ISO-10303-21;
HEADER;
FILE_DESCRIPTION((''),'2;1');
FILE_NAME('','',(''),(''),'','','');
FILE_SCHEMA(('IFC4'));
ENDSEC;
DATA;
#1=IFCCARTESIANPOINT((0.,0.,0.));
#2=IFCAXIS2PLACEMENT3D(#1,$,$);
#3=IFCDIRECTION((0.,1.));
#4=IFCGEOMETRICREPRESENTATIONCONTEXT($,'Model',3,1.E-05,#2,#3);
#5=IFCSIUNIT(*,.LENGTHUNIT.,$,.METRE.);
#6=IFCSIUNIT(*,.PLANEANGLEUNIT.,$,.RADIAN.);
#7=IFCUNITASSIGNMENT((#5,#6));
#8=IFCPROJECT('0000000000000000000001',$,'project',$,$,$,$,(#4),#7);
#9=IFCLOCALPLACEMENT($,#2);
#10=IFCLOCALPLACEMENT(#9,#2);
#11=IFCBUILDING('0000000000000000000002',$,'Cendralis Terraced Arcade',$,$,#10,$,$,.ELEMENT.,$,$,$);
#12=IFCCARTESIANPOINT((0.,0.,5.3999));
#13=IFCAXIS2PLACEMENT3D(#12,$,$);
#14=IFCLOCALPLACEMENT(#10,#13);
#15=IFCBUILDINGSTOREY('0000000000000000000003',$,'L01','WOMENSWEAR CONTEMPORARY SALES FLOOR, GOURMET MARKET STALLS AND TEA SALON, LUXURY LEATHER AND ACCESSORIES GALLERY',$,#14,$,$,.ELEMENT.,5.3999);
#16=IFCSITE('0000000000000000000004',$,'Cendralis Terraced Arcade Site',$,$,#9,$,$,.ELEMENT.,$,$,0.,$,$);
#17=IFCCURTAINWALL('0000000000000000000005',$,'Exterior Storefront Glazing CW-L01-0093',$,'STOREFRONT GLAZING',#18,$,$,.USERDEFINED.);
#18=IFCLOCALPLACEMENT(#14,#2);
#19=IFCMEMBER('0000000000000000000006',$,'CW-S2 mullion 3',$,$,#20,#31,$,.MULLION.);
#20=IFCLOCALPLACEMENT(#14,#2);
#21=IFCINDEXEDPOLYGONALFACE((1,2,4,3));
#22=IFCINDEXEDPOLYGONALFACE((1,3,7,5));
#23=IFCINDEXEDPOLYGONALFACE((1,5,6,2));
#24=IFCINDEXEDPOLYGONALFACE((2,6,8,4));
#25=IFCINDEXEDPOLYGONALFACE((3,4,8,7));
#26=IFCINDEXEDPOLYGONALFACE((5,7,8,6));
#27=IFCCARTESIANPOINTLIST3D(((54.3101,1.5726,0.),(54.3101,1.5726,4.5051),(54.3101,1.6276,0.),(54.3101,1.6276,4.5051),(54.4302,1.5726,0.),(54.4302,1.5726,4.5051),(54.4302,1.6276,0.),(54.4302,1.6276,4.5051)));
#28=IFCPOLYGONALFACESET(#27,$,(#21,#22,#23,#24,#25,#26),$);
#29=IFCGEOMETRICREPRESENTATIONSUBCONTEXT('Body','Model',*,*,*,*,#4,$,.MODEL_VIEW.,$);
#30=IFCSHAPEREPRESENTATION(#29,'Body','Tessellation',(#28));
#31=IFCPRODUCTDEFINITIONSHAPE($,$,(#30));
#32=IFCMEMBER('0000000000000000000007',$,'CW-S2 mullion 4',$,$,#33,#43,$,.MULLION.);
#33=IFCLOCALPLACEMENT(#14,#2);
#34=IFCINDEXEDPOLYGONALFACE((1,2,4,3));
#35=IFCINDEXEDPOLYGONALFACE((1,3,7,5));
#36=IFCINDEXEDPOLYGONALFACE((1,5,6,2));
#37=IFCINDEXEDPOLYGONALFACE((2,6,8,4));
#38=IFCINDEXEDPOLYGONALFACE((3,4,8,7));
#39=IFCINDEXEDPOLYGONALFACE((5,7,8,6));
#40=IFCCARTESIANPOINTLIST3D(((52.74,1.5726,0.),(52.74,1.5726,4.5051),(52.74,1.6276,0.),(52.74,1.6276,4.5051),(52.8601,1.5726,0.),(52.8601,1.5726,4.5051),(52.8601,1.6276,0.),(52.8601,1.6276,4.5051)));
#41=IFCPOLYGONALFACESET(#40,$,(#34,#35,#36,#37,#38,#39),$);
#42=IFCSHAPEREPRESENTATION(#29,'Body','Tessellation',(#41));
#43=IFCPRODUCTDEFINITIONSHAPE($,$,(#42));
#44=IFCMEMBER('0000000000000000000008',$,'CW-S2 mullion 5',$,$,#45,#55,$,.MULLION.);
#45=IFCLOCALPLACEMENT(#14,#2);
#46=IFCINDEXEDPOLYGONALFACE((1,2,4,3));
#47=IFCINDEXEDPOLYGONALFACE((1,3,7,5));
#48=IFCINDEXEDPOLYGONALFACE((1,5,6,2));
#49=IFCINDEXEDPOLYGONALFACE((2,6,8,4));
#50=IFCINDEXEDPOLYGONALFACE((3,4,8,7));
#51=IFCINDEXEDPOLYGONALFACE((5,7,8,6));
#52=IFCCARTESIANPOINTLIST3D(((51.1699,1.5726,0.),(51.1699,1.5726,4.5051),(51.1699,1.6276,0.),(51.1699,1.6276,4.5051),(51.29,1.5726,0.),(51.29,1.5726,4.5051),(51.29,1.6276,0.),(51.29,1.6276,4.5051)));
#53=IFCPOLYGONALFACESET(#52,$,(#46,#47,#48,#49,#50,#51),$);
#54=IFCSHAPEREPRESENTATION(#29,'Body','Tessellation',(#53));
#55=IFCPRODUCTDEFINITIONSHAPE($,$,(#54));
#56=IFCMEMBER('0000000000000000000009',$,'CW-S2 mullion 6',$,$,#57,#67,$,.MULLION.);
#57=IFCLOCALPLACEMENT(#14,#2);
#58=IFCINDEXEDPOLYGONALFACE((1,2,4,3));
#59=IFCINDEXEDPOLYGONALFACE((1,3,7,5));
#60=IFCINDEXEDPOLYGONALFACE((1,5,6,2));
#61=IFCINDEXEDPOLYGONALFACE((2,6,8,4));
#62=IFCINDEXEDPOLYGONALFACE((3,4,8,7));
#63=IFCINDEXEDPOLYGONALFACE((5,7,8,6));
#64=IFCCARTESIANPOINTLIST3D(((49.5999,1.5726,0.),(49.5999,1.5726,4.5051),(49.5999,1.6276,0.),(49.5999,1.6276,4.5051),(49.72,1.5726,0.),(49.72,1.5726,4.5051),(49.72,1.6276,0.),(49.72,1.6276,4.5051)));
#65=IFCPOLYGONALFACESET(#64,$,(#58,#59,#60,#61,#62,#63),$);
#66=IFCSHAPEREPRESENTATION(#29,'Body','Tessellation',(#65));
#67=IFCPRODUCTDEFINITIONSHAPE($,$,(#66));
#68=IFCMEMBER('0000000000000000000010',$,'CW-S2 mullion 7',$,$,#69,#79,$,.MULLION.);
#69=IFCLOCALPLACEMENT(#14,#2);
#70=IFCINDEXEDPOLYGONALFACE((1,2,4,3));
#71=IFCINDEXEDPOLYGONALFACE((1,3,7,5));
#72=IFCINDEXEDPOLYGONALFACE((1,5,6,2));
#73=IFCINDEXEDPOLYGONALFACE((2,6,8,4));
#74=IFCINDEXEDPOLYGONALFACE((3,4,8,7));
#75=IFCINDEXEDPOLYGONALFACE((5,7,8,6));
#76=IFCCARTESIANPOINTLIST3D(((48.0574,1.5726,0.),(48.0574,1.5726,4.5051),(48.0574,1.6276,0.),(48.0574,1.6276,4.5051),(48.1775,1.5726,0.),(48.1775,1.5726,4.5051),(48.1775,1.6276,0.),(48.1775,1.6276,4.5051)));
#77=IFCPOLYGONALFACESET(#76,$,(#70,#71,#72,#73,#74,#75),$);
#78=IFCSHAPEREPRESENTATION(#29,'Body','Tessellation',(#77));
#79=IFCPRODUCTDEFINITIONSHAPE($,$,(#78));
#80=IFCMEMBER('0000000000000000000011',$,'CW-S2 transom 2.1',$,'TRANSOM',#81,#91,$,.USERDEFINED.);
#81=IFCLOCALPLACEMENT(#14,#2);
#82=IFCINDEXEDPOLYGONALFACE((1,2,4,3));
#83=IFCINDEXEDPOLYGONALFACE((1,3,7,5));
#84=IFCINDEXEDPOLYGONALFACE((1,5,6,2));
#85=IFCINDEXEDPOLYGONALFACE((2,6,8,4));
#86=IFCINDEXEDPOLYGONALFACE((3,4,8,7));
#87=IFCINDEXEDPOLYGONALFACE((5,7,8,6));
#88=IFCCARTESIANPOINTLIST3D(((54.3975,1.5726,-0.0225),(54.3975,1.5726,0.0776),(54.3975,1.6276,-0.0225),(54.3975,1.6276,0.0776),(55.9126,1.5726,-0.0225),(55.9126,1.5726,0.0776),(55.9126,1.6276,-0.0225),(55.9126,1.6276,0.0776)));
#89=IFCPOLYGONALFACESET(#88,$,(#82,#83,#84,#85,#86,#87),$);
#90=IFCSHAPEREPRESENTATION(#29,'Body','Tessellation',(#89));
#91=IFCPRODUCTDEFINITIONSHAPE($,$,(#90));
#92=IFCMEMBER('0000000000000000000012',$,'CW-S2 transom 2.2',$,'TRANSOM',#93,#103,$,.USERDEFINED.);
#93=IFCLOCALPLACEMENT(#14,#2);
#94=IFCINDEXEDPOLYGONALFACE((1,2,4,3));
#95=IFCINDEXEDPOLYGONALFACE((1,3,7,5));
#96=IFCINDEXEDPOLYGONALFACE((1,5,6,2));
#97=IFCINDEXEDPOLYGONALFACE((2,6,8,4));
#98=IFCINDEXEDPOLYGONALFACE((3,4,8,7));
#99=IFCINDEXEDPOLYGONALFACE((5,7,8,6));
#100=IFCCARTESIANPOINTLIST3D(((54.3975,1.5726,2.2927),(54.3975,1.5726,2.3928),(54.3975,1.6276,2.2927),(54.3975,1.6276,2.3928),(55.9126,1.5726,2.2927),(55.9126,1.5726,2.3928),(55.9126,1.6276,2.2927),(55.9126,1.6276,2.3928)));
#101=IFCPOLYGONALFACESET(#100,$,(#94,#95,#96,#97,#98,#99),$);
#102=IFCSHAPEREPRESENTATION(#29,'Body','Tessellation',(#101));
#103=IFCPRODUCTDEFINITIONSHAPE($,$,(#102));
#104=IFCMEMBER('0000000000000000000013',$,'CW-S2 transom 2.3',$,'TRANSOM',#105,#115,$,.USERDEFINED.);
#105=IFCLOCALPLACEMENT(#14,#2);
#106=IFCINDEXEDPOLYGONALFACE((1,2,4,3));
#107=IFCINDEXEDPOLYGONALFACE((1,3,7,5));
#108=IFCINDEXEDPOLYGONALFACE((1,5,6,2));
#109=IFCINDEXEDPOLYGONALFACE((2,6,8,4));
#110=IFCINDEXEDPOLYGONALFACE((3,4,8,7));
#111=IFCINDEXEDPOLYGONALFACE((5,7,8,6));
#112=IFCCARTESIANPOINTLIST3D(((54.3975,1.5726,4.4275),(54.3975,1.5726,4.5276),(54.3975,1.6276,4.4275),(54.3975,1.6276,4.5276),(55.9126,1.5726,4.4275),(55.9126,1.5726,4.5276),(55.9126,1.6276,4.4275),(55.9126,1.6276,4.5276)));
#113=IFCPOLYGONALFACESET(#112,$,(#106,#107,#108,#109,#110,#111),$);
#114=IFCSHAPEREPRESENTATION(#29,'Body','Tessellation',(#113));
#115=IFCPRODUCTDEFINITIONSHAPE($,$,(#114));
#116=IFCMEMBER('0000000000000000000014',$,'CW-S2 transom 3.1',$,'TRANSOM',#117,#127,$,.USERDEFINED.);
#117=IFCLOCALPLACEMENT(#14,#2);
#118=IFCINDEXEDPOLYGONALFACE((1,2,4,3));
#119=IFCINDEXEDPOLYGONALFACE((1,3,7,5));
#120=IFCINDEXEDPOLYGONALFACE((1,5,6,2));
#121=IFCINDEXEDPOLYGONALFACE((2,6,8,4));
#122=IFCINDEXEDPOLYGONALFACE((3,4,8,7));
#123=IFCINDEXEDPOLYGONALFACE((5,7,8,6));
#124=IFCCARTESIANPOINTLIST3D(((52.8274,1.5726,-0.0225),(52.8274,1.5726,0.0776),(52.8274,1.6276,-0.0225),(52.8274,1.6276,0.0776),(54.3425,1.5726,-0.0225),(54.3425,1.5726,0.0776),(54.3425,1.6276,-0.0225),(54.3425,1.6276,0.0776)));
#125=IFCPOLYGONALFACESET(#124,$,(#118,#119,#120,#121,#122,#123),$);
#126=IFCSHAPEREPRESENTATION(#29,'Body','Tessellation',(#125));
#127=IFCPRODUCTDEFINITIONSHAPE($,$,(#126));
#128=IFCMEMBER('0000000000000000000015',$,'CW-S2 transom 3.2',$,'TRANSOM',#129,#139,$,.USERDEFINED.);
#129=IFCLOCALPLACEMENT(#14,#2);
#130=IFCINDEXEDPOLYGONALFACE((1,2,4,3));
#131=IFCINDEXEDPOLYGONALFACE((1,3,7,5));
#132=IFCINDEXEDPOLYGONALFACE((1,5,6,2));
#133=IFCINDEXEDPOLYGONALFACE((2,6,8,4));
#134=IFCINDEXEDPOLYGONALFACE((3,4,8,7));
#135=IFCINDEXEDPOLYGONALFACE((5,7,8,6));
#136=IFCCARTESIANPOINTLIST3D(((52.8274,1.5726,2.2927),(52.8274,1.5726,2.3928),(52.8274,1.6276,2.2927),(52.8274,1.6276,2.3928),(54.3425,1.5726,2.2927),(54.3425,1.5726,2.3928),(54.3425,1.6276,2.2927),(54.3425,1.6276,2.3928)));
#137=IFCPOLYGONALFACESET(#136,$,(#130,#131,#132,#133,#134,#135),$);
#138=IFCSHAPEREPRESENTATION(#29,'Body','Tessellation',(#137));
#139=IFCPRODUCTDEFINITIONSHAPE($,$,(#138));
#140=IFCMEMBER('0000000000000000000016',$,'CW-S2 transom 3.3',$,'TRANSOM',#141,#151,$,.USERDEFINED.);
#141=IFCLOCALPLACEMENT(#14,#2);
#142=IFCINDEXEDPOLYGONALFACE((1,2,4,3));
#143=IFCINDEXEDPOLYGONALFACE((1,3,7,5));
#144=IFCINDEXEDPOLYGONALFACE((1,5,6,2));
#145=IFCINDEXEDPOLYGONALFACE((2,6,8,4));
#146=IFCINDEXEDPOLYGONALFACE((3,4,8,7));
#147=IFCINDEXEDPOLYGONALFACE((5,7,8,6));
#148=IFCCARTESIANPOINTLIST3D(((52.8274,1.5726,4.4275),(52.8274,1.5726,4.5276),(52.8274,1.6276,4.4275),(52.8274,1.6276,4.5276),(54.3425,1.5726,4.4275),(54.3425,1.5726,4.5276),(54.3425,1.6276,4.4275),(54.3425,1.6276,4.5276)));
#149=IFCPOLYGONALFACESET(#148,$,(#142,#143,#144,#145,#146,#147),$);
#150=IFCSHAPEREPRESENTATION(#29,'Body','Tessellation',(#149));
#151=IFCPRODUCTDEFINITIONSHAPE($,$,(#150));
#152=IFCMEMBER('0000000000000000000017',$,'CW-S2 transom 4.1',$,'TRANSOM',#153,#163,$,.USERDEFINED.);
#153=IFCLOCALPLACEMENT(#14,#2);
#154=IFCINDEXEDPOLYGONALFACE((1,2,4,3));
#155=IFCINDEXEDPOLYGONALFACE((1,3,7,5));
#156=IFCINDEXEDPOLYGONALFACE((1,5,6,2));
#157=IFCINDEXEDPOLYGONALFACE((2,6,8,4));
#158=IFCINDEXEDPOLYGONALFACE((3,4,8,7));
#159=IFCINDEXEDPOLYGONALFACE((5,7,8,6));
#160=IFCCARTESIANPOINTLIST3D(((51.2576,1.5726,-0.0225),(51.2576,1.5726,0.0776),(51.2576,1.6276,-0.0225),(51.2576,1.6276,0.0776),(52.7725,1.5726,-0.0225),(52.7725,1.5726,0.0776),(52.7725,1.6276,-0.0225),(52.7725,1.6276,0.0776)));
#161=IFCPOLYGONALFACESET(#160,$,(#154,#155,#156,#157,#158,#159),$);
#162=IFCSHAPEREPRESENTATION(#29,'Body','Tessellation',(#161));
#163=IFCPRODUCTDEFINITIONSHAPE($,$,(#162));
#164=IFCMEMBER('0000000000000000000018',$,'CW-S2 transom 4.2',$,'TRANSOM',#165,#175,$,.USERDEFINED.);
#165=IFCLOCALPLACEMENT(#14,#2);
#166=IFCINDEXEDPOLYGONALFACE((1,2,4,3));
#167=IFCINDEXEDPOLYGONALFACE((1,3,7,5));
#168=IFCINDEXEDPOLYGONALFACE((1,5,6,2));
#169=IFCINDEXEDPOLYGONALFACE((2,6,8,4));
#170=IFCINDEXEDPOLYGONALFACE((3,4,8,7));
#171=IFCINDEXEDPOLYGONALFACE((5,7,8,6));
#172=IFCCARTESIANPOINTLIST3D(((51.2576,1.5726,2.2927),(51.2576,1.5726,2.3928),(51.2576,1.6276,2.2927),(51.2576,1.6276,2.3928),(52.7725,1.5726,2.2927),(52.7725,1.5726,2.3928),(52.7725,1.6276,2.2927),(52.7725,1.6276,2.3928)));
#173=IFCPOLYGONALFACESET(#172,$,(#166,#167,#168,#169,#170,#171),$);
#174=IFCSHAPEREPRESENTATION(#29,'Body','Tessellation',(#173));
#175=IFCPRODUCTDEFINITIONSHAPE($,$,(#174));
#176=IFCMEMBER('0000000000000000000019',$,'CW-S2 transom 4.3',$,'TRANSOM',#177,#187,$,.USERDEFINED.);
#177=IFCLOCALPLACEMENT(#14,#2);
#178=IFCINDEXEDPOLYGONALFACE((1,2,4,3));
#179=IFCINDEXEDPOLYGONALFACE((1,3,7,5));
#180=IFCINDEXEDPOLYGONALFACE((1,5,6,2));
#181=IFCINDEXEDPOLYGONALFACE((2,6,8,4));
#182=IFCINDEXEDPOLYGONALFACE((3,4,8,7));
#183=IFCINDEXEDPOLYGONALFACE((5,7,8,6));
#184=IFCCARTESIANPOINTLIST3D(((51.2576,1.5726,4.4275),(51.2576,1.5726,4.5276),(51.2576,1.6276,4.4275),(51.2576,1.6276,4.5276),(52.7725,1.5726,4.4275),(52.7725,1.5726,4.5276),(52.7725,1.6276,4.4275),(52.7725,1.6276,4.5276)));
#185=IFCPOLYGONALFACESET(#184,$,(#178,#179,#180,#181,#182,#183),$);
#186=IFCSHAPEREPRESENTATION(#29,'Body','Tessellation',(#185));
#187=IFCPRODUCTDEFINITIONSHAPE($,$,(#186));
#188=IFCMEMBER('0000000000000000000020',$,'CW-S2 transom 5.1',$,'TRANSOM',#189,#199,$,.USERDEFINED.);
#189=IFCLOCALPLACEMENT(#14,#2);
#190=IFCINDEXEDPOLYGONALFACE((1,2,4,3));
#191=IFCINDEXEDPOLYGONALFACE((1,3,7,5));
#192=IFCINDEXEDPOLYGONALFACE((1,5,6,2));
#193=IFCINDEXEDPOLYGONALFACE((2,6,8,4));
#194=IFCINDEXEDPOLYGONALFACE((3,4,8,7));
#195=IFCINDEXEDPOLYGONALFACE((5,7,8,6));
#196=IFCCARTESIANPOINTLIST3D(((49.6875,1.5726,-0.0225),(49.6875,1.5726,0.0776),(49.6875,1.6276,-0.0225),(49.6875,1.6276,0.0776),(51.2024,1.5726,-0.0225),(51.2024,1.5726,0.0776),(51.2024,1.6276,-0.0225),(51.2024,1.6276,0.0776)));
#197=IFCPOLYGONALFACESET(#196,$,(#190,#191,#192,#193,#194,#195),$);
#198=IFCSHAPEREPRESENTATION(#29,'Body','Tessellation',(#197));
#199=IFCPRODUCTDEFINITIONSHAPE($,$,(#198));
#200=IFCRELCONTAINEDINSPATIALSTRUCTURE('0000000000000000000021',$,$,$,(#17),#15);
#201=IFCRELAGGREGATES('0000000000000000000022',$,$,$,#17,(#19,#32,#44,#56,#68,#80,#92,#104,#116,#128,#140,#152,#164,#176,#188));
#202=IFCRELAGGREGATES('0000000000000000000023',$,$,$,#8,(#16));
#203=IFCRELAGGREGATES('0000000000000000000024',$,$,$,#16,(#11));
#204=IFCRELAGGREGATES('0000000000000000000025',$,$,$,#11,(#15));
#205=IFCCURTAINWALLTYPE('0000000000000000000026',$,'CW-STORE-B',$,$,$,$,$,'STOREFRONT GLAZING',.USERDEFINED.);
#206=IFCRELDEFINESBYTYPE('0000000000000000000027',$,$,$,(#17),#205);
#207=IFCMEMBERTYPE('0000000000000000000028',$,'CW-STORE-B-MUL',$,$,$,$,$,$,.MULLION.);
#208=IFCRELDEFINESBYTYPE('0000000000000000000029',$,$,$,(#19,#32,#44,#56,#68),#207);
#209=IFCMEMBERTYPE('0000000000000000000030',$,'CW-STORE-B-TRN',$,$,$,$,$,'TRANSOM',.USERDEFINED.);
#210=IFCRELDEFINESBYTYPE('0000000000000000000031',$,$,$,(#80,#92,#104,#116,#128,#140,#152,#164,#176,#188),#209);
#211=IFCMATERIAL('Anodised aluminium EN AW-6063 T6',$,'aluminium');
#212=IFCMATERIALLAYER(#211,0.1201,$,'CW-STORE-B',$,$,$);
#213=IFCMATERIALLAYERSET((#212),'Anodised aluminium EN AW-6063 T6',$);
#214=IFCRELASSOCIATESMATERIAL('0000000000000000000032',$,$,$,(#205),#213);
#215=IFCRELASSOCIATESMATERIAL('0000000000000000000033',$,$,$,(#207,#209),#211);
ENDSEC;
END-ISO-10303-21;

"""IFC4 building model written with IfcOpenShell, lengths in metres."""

from ifc_helpers import new_model, si_unit, direction, frame, origin, origin_2d, place, context, subcontext, project, spatial, rectangle, extrude, material, layer, layer_set, material_profile, profile_set, type_object, element, aggregate, save


model = new_model("IFC4")

# Units and contexts
model_context = context("Model", 3, precision=1e-05, world=origin(), true_north=direction((0.0, 1.0)))
body_context = subcontext(model_context, "Body", "Model", "MODEL_VIEW")
ifc_project = project(units=[si_unit("LENGTHUNIT", "METRE"), si_unit("PLANEANGLEUNIT", "RADIAN")], contexts=[model_context])

# Site, building, storey
site_placement = place(None, origin())
site = spatial("IfcSite", under=ifc_project, at=site_placement, Name="Cendralis Terraced Arcade Site", CompositionType="ELEMENT", RefElevation=0.0)
building_placement = place(site_placement, origin())
building = spatial("IfcBuilding", under=site, at=building_placement, Name="Cendralis Terraced Arcade", CompositionType="ELEMENT")
storey_placement = place(building_placement, frame((0.0, 0.0, 5.3999)))
storey = spatial("IfcBuildingStorey", under=building, at=storey_placement, Name="L01", Description="WOMENSWEAR CONTEMPORARY SALES FLOOR, GOURMET MARKET STALLS AND TEA SALON, LUXURY LEATHER AND ACCESSORIES GALLERY", CompositionType="ELEMENT", Elevation=5.3999)

# Curtain wall, members
ifc_material_1 = material(Name="Anodised aluminium EN AW-6063 T6", Category="aluminium")
ifc_layer_1 = layer(ifc_material_1, 0.1201, Name="CW-STORE-B")
ifc_layer_set_1 = layer_set([ifc_layer_1], Name="Anodised aluminium EN AW-6063 T6")
curtain_wall_type = type_object("IfcCurtainWallType", Name="CW-STORE-B", ElementType="STOREFRONT GLAZING", PredefinedType="USERDEFINED", material=ifc_layer_set_1)
curtain_wall_placement = place(storey_placement, origin())
curtain_wall = element("IfcCurtainWall", 1, at=curtain_wall_placement, inside=storey, type_object=curtain_wall_type, Name="Exterior Storefront Glazing CW-L01-0093", ObjectType="STOREFRONT GLAZING", PredefinedType="USERDEFINED")
ifc_material_profile_1 = material_profile(ifc_material_1, rectangle(XDim=0.0549, YDim=0.1201, at=origin_2d()), Name="ALU-MUL-55x120")
ifc_profile_set_1 = profile_set([ifc_material_profile_1], Name="Anodised aluminium EN AW-6063 T6")
member_type_1 = type_object("IfcMemberType", Name="CW-STORE-B-MUL", PredefinedType="MULLION", material=ifc_profile_set_1)
member_1_placement = place(storey_placement, frame((54.3701, 1.6001, 0.0), z_axis=(0.0, 0.0, 1.0), x_axis=(0.0, -1.0, 0.0)))
member_1 = element("IfcMember", 2, at=member_1_placement, type_object=member_type_1, Name="CW-S2 mullion 3", PredefinedType="MULLION", context=body_context, shape_type="SweptSolid", body=[
    extrude(rectangle(XDim=0.0549, YDim=0.1201, at=origin_2d()), origin(), (0.0, 0.0, 1.0), 4.5051),
])
member_2_placement = place(storey_placement, frame((52.8, 1.6001, 0.0), z_axis=(0.0, 0.0, 1.0), x_axis=(0.0, -1.0, 0.0)))
member_2 = element("IfcMember", 3, at=member_2_placement, type_object=member_type_1, Name="CW-S2 mullion 4", PredefinedType="MULLION", context=body_context, shape_type="SweptSolid", body=[
    extrude(rectangle(XDim=0.0549, YDim=0.1201, at=origin_2d()), origin(), (0.0, 0.0, 1.0), 4.5051),
])
member_3_placement = place(storey_placement, frame((51.23, 1.6001, 0.0), z_axis=(0.0, 0.0, 1.0), x_axis=(0.0, -1.0, 0.0)))
member_3 = element("IfcMember", 4, at=member_3_placement, type_object=member_type_1, Name="CW-S2 mullion 5", PredefinedType="MULLION", context=body_context, shape_type="SweptSolid", body=[
    extrude(rectangle(XDim=0.0549, YDim=0.1201, at=origin_2d()), origin(), (0.0, 0.0, 1.0), 4.5051),
])
member_4_placement = place(storey_placement, frame((49.6599, 1.6001, 0.0), z_axis=(0.0, 0.0, 1.0), x_axis=(0.0, -1.0, 0.0)))
member_4 = element("IfcMember", 5, at=member_4_placement, type_object=member_type_1, Name="CW-S2 mullion 6", PredefinedType="MULLION", context=body_context, shape_type="SweptSolid", body=[
    extrude(rectangle(XDim=0.0549, YDim=0.1201, at=origin_2d()), origin(), (0.0, 0.0, 1.0), 4.5051),
])
member_5_placement = place(storey_placement, frame((48.1174, 1.6001, 0.0), z_axis=(0.0, 0.0, 1.0), x_axis=(0.0, -1.0, 0.0)))
member_5 = element("IfcMember", 6, at=member_5_placement, type_object=member_type_1, Name="CW-S2 mullion 7", PredefinedType="MULLION", context=body_context, shape_type="SweptSolid", body=[
    extrude(rectangle(XDim=0.0549, YDim=0.1201, at=origin_2d()), origin(), (0.0, 0.0, 1.0), 4.5051),
])
ifc_material_profile_2 = material_profile(ifc_material_1, rectangle(XDim=0.0549, YDim=0.1001, at=origin_2d()), Name="ALU-TRN-55x100")
ifc_profile_set_2 = profile_set([ifc_material_profile_2], Name="Anodised aluminium EN AW-6063 T6")
member_type_2 = type_object("IfcMemberType", Name="CW-STORE-B-TRN", ElementType="TRANSOM", PredefinedType="USERDEFINED", material=ifc_profile_set_2)
member_6_placement = place(storey_placement, frame((55.9126, 1.6001, 0.0276), z_axis=(-1.0, 0.0, 0.0), x_axis=(0.0, -1.0, 0.0)))
member_6 = element("IfcMember", 7, at=member_6_placement, type_object=member_type_2, Name="CW-S2 transom 2.1", ObjectType="TRANSOM", PredefinedType="USERDEFINED", context=body_context, shape_type="SweptSolid", body=[
    extrude(rectangle(XDim=0.0549, YDim=0.1001, at=origin_2d()), origin(), (0.0, 0.0, 1.0), 1.5151),
])
member_7_placement = place(storey_placement, frame((55.9126, 1.6001, 2.3428), z_axis=(-1.0, 0.0, 0.0), x_axis=(0.0, -1.0, 0.0)))
member_7 = element("IfcMember", 8, at=member_7_placement, type_object=member_type_2, Name="CW-S2 transom 2.2", ObjectType="TRANSOM", PredefinedType="USERDEFINED", context=body_context, shape_type="SweptSolid", body=[
    extrude(rectangle(XDim=0.0549, YDim=0.1001, at=origin_2d()), origin(), (0.0, 0.0, 1.0), 1.5151),
])
member_8_placement = place(storey_placement, frame((55.9126, 1.6001, 4.4775), z_axis=(-1.0, 0.0, 0.0), x_axis=(0.0, -1.0, 0.0)))
member_8 = element("IfcMember", 9, at=member_8_placement, type_object=member_type_2, Name="CW-S2 transom 2.3", ObjectType="TRANSOM", PredefinedType="USERDEFINED", context=body_context, shape_type="SweptSolid", body=[
    extrude(rectangle(XDim=0.0549, YDim=0.1001, at=origin_2d()), origin(), (0.0, 0.0, 1.0), 1.5151),
])
member_9_placement = place(storey_placement, frame((54.3425, 1.6001, 0.0276), z_axis=(-1.0, 0.0, 0.0), x_axis=(0.0, -1.0, 0.0)))
member_9 = element("IfcMember", 10, at=member_9_placement, type_object=member_type_2, Name="CW-S2 transom 3.1", ObjectType="TRANSOM", PredefinedType="USERDEFINED", context=body_context, shape_type="SweptSolid", body=[
    extrude(rectangle(XDim=0.0549, YDim=0.1001, at=origin_2d()), origin(), (0.0, 0.0, 1.0), 1.5151),
])
member_10_placement = place(storey_placement, frame((54.3425, 1.6001, 2.3428), z_axis=(-1.0, 0.0, 0.0), x_axis=(0.0, -1.0, 0.0)))
member_10 = element("IfcMember", 11, at=member_10_placement, type_object=member_type_2, Name="CW-S2 transom 3.2", ObjectType="TRANSOM", PredefinedType="USERDEFINED", context=body_context, shape_type="SweptSolid", body=[
    extrude(rectangle(XDim=0.0549, YDim=0.1001, at=origin_2d()), origin(), (0.0, 0.0, 1.0), 1.5151),
])
member_11_placement = place(storey_placement, frame((54.3425, 1.6001, 4.4775), z_axis=(-1.0, 0.0, 0.0), x_axis=(0.0, -1.0, 0.0)))
member_11 = element("IfcMember", 12, at=member_11_placement, type_object=member_type_2, Name="CW-S2 transom 3.3", ObjectType="TRANSOM", PredefinedType="USERDEFINED", context=body_context, shape_type="SweptSolid", body=[
    extrude(rectangle(XDim=0.0549, YDim=0.1001, at=origin_2d()), origin(), (0.0, 0.0, 1.0), 1.5151),
])
member_12_placement = place(storey_placement, frame((52.7725, 1.6001, 0.0276), z_axis=(-1.0, 0.0, 0.0), x_axis=(0.0, -1.0, 0.0)))
member_12 = element("IfcMember", 13, at=member_12_placement, type_object=member_type_2, Name="CW-S2 transom 4.1", ObjectType="TRANSOM", PredefinedType="USERDEFINED", context=body_context, shape_type="SweptSolid", body=[
    extrude(rectangle(XDim=0.0549, YDim=0.1001, at=origin_2d()), origin(), (0.0, 0.0, 1.0), 1.5149),
])
member_13_placement = place(storey_placement, frame((52.7725, 1.6001, 2.3428), z_axis=(-1.0, 0.0, 0.0), x_axis=(0.0, -1.0, 0.0)))
member_13 = element("IfcMember", 14, at=member_13_placement, type_object=member_type_2, Name="CW-S2 transom 4.2", ObjectType="TRANSOM", PredefinedType="USERDEFINED", context=body_context, shape_type="SweptSolid", body=[
    extrude(rectangle(XDim=0.0549, YDim=0.1001, at=origin_2d()), origin(), (0.0, 0.0, 1.0), 1.5149),
])
member_14_placement = place(storey_placement, frame((52.7725, 1.6001, 4.4775), z_axis=(-1.0, 0.0, 0.0), x_axis=(0.0, -1.0, 0.0)))
member_14 = element("IfcMember", 15, at=member_14_placement, type_object=member_type_2, Name="CW-S2 transom 4.3", ObjectType="TRANSOM", PredefinedType="USERDEFINED", context=body_context, shape_type="SweptSolid", body=[
    extrude(rectangle(XDim=0.0549, YDim=0.1001, at=origin_2d()), origin(), (0.0, 0.0, 1.0), 1.5149),
])
member_15_placement = place(storey_placement, frame((51.2024, 1.6001, 0.0276), z_axis=(-1.0, 0.0, 0.0), x_axis=(0.0, -1.0, 0.0)))
member_15 = element("IfcMember", 16, at=member_15_placement, type_object=member_type_2, Name="CW-S2 transom 5.1", ObjectType="TRANSOM", PredefinedType="USERDEFINED", context=body_context, shape_type="SweptSolid", body=[
    extrude(rectangle(XDim=0.0549, YDim=0.1001, at=origin_2d()), origin(), (0.0, 0.0, 1.0), 1.5149),
])
aggregate(curtain_wall, [member_1, member_2, member_3, member_4, member_5, member_6, member_7, member_8, member_9, member_10, member_11, member_12, member_13, member_14, member_15])

save(model, "model.ifc")
